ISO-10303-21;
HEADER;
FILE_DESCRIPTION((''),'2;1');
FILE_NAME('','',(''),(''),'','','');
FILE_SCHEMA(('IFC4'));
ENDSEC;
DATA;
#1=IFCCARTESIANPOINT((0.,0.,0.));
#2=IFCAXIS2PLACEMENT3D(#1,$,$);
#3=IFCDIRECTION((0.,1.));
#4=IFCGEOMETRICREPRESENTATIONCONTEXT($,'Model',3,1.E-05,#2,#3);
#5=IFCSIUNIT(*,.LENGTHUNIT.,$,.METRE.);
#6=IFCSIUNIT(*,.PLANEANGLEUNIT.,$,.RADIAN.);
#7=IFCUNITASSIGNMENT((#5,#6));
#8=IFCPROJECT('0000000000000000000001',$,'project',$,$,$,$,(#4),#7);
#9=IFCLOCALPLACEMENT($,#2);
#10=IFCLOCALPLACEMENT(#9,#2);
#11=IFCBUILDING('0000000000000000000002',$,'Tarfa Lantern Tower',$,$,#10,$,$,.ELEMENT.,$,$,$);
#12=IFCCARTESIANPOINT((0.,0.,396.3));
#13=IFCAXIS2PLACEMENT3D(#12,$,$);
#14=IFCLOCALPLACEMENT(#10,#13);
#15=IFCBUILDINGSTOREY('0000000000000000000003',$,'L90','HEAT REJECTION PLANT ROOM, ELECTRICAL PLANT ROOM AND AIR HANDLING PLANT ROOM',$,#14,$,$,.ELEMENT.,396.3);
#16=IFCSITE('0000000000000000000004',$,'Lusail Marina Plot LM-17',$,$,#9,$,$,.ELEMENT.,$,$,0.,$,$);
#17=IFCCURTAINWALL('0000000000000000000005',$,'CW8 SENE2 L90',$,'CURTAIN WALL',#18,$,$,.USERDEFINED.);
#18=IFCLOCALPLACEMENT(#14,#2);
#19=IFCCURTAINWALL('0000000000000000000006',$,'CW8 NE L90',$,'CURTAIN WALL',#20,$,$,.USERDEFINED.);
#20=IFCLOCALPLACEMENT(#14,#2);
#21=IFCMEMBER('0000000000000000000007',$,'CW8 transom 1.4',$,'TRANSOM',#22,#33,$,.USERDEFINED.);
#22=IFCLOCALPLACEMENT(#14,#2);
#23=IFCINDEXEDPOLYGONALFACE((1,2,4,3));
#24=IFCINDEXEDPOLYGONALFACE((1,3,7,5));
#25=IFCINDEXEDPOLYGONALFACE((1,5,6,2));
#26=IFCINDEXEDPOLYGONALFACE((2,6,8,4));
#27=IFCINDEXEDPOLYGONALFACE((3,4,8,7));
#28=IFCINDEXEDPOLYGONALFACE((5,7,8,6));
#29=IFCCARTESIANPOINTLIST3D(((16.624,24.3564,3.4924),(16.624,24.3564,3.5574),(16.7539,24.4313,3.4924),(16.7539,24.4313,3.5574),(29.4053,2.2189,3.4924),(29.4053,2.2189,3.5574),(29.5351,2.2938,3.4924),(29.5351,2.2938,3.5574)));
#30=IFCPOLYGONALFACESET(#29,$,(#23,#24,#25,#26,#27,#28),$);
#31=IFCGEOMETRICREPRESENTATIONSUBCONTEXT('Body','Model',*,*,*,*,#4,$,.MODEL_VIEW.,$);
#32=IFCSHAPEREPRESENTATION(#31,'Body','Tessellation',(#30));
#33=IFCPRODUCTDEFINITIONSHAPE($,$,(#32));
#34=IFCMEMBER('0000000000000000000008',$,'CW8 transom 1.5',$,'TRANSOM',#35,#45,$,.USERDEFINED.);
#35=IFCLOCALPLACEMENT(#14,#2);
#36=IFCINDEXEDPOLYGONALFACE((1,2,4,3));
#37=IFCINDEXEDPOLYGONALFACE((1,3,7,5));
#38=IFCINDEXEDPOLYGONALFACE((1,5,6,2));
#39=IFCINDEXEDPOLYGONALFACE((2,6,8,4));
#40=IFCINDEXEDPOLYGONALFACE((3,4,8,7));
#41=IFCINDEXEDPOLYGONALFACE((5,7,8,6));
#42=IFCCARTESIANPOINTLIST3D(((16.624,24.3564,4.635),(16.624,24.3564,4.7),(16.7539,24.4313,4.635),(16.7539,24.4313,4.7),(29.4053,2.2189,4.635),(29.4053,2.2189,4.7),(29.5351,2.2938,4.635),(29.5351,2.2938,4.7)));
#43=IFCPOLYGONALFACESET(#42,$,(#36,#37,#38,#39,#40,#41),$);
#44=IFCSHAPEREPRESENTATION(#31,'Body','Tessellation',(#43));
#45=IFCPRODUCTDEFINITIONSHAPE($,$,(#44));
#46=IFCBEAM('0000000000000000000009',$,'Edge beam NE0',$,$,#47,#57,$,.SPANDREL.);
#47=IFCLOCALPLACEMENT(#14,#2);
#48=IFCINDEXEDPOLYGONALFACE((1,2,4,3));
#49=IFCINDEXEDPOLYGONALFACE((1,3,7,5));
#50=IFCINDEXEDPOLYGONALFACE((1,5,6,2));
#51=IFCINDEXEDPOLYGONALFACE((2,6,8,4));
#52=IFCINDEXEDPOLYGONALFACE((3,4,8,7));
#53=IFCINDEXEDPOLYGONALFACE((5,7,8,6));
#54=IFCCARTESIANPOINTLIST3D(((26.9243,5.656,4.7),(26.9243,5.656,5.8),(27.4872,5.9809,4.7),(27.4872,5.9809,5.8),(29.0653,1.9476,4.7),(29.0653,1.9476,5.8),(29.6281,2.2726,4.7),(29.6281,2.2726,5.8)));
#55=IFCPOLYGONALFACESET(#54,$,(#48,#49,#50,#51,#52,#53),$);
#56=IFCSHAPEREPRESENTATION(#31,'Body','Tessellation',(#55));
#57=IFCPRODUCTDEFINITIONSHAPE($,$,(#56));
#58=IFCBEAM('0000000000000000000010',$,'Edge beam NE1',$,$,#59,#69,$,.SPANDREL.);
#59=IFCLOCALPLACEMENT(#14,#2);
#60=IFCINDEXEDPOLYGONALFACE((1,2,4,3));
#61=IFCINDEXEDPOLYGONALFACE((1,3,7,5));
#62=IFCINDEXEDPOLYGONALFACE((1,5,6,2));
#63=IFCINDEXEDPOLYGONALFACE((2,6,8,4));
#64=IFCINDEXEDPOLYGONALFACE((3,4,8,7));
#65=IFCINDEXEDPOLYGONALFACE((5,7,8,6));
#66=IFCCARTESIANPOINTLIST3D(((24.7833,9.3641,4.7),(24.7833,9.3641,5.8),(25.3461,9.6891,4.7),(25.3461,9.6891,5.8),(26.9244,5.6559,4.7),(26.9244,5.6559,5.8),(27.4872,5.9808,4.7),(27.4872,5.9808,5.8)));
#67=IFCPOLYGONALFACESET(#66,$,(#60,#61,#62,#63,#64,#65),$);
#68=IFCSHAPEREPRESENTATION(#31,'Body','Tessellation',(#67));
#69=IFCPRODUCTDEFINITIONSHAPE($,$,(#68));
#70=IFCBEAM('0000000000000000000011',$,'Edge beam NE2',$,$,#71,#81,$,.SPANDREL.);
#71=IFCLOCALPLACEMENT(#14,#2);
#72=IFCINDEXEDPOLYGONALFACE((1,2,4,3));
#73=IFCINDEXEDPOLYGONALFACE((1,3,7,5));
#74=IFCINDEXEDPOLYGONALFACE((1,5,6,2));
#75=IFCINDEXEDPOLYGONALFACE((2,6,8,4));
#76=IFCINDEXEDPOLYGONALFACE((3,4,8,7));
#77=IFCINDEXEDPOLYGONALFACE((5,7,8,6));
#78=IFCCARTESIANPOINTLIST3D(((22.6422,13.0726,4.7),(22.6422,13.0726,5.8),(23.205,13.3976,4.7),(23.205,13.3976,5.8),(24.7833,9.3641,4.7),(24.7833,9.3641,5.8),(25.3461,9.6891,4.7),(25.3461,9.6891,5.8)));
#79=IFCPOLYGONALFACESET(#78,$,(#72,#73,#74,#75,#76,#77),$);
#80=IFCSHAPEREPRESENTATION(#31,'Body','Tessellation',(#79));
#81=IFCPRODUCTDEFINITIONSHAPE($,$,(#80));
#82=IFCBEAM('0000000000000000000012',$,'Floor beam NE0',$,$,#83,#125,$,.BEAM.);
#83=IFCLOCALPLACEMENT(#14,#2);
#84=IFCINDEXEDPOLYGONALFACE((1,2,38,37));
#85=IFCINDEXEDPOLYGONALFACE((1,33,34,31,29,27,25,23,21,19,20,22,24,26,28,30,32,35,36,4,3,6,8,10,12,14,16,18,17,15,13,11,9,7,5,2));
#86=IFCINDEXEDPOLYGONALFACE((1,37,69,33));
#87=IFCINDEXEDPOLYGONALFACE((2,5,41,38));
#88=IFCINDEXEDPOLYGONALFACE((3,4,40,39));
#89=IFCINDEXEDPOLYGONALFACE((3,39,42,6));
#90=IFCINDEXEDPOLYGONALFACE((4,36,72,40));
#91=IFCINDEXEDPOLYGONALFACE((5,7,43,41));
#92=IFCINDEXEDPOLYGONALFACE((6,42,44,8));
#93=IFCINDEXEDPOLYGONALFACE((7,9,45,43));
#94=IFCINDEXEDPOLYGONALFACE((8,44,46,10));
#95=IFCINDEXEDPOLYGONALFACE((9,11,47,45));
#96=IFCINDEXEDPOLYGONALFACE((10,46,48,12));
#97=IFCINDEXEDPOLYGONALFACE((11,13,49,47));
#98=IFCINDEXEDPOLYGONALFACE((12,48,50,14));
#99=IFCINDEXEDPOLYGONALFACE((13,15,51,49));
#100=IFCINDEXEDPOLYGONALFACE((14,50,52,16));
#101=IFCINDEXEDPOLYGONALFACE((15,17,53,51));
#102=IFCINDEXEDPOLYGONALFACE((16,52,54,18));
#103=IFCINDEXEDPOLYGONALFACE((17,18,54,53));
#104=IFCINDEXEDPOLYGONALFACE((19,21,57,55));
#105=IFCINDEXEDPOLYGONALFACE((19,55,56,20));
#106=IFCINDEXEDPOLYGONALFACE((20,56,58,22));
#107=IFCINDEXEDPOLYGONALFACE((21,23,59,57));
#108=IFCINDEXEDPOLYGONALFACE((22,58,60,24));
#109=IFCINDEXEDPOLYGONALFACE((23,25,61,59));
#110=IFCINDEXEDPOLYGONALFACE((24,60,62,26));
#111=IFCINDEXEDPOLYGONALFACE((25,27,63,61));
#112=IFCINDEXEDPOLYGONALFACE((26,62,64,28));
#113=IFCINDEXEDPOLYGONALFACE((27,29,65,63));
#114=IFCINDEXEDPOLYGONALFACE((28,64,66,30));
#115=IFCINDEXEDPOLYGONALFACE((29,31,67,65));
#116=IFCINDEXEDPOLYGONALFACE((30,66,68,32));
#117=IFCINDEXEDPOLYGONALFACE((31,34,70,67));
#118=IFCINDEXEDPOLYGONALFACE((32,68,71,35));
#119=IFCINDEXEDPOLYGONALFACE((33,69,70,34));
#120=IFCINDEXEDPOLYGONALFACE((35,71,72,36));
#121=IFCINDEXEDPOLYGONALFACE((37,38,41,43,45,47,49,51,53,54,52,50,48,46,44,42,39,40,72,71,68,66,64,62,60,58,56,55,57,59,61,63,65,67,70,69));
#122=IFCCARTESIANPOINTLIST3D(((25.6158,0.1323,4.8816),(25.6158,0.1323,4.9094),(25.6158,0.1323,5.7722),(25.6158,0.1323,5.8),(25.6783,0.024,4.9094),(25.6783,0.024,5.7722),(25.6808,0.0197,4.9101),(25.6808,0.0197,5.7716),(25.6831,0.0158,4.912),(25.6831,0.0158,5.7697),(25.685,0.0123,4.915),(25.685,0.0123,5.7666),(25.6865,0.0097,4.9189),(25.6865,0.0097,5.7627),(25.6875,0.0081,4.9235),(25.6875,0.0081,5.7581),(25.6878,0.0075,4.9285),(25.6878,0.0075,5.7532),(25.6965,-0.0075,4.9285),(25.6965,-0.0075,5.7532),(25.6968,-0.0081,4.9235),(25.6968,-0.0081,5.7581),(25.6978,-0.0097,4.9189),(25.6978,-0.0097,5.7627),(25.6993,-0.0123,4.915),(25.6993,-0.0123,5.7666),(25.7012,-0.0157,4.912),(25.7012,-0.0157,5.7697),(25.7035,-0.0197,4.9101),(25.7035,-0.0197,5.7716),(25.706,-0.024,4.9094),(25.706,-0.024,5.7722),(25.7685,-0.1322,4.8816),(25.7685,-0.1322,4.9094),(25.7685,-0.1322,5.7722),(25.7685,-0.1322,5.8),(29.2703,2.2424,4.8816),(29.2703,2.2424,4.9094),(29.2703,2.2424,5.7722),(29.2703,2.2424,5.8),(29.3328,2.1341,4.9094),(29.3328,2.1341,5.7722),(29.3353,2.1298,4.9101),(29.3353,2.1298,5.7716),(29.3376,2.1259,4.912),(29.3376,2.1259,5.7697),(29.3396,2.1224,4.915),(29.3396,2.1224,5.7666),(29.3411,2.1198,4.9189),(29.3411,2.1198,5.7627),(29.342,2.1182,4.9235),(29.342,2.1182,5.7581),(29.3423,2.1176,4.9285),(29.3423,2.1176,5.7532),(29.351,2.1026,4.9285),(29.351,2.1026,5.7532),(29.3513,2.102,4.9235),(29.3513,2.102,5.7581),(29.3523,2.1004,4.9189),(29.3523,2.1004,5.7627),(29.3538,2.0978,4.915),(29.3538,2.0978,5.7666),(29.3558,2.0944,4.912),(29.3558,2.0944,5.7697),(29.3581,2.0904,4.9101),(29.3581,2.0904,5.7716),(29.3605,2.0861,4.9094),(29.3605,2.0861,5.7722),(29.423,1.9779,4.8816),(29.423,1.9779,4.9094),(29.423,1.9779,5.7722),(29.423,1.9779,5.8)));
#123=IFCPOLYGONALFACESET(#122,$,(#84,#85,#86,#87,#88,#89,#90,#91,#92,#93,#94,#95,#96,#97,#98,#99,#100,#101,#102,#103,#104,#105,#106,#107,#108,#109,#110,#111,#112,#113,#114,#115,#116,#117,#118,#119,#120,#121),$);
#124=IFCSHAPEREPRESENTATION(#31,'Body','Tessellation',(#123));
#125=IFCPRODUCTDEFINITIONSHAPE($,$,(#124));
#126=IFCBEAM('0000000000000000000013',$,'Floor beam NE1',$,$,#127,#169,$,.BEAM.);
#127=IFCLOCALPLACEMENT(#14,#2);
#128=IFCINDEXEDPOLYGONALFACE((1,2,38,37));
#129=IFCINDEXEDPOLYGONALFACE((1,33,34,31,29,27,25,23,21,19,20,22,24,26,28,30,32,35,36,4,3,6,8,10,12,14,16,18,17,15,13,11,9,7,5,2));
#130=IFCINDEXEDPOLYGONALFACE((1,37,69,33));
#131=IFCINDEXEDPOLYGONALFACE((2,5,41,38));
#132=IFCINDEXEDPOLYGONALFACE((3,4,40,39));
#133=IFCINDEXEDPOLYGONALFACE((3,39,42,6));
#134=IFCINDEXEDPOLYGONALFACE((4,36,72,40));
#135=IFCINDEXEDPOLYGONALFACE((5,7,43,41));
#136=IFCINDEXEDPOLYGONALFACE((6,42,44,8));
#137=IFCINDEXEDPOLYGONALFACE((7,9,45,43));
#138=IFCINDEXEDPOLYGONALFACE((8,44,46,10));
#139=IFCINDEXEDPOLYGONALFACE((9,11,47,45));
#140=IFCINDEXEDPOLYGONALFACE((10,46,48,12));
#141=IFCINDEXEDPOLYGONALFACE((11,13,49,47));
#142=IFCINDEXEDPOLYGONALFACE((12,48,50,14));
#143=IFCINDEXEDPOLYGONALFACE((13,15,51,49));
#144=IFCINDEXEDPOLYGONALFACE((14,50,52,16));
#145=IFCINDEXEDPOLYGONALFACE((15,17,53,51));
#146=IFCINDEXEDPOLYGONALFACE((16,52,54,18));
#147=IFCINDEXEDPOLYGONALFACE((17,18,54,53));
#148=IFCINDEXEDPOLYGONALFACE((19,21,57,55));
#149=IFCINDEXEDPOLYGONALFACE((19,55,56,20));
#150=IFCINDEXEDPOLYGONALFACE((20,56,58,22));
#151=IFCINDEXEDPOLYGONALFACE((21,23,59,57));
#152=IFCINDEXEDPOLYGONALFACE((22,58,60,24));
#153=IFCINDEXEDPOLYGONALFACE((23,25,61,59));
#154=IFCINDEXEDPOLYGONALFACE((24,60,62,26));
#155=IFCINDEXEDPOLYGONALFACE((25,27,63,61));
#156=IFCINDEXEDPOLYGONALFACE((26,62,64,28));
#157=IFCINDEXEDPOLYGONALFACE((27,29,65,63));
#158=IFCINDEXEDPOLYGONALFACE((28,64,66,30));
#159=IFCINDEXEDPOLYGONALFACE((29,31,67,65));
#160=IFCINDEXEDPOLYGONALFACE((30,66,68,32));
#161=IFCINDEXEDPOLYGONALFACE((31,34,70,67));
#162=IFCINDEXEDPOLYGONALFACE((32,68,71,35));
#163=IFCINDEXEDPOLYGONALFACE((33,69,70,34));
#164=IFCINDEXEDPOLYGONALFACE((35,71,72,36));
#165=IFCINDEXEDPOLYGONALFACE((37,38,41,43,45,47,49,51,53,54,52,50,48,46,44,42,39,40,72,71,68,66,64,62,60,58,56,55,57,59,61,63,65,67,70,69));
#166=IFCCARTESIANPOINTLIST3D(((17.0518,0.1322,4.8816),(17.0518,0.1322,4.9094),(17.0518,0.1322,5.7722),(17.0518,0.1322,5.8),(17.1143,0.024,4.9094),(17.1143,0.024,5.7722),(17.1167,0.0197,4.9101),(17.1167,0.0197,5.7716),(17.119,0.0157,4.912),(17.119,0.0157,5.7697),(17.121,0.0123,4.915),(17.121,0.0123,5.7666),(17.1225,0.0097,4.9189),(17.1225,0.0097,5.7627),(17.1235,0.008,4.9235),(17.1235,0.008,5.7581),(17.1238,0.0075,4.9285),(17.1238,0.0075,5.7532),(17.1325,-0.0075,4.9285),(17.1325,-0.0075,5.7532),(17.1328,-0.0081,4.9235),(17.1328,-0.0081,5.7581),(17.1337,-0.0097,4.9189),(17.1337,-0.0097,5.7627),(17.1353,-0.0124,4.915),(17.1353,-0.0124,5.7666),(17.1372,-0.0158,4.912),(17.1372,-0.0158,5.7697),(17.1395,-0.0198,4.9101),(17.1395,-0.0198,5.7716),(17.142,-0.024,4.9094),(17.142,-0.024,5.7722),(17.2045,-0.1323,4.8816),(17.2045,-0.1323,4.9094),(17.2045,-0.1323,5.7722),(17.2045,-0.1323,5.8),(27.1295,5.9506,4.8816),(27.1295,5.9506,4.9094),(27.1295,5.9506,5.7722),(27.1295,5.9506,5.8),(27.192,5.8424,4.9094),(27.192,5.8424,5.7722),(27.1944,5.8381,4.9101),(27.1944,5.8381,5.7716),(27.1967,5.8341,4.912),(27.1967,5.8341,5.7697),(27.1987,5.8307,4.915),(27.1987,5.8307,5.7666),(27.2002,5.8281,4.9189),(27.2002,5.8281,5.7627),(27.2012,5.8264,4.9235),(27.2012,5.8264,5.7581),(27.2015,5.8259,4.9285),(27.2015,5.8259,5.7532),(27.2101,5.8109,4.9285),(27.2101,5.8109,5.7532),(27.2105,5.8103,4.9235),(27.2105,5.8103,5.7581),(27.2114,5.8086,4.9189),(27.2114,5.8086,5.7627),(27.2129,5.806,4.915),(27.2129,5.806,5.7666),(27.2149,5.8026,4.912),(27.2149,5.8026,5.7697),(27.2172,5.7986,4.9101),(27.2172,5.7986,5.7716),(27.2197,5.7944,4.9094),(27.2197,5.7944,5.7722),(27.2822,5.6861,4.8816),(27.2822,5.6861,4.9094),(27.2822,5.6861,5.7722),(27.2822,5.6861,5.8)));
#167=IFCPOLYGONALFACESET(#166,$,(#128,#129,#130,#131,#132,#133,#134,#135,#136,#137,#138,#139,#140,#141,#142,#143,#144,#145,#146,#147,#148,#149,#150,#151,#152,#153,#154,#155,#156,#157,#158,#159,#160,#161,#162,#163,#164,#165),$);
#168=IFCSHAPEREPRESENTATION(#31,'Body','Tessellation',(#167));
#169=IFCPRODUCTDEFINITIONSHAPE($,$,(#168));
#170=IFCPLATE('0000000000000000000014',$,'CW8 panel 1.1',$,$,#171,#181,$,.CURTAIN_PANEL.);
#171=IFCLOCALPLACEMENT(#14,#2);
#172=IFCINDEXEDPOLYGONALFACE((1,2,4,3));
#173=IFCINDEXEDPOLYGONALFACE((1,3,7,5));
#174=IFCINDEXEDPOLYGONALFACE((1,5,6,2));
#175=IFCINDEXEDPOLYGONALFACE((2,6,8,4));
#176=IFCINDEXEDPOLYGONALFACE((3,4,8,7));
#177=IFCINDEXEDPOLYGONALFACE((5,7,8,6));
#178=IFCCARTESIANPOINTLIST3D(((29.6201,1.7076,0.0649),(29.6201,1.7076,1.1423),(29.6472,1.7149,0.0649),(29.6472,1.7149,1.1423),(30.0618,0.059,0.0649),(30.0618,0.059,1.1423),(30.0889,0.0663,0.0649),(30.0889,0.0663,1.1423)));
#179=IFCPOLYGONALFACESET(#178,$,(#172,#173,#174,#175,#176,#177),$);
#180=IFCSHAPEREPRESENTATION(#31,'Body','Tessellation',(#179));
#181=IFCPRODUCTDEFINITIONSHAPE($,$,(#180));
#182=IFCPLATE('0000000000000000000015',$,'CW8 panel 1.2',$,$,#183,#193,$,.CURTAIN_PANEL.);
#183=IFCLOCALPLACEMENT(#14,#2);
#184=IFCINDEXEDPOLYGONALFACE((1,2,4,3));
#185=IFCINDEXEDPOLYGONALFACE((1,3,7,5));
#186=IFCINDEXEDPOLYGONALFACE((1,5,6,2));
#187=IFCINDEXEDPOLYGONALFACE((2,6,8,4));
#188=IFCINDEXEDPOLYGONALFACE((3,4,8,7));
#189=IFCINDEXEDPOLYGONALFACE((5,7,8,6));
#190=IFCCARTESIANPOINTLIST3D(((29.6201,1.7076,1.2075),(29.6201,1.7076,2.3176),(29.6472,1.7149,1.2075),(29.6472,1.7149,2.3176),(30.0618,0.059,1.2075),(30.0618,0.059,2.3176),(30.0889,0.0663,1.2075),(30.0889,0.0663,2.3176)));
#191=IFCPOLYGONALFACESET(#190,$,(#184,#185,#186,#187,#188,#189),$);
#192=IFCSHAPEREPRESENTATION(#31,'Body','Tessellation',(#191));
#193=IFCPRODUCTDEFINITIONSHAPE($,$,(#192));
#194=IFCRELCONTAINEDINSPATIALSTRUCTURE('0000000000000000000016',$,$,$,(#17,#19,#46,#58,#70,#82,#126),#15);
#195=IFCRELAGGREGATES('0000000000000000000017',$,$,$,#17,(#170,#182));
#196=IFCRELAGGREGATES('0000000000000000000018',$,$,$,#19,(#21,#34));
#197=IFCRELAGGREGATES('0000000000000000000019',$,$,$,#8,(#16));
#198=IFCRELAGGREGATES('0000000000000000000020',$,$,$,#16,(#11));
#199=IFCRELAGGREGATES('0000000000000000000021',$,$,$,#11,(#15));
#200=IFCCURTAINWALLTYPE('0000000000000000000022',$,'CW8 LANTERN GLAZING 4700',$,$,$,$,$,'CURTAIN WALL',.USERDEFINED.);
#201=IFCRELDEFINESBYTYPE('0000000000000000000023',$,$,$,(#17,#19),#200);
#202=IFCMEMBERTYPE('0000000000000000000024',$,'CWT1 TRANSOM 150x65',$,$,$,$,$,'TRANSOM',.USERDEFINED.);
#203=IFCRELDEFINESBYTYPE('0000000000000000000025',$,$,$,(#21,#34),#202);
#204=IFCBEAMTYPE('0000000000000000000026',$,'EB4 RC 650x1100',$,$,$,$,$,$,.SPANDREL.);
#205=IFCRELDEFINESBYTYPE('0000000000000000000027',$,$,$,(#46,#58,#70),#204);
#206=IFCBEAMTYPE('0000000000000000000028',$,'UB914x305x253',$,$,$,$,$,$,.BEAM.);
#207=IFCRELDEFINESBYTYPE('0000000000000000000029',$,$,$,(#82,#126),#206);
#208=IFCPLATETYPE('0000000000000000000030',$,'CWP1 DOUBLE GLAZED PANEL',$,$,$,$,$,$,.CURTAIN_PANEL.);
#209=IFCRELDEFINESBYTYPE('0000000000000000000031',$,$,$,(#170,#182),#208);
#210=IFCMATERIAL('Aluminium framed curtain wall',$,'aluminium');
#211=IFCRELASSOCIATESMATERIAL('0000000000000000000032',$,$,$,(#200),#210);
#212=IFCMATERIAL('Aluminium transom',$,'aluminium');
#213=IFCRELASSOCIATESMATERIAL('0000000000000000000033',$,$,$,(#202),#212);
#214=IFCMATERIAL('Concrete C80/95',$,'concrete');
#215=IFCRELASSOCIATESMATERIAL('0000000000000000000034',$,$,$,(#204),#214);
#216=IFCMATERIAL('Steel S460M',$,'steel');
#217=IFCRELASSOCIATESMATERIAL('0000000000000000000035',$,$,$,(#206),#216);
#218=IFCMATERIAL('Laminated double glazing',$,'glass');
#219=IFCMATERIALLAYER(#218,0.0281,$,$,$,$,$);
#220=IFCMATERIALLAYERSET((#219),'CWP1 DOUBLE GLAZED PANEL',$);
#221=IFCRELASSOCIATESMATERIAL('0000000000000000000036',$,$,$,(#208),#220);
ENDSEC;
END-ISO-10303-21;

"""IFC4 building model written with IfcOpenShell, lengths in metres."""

from ifc_helpers import new_model, si_unit, direction, frame, origin, origin_2d, place, context, subcontext, project, spatial, rectangle, i_section, extrude, material, layer, layer_set, material_profile, profile_set, type_object, element, aggregate, save


model = new_model("IFC4")

# Units and contexts
model_context = context("Model", 3, precision=1e-05, world=origin(), true_north=direction((0.0, 1.0)))
body_context = subcontext(model_context, "Body", "Model", "MODEL_VIEW")
ifc_project = project(units=[si_unit("LENGTHUNIT", "METRE"), si_unit("PLANEANGLEUNIT", "RADIAN")], contexts=[model_context])

# Site, building, storey
site_placement = place(None, origin())
site = spatial("IfcSite", under=ifc_project, at=site_placement, Name="Lusail Marina Plot LM-17", CompositionType="ELEMENT", RefElevation=0.0)
building_placement = place(site_placement, origin())
building = spatial("IfcBuilding", under=site, at=building_placement, Name="Tarfa Lantern Tower", CompositionType="ELEMENT")
storey_placement = place(building_placement, frame((0.0, 0.0, 396.3)))
storey = spatial("IfcBuildingStorey", under=building, at=storey_placement, Name="L90", Description="HEAT REJECTION PLANT ROOM, ELECTRICAL PLANT ROOM AND AIR HANDLING PLANT ROOM", CompositionType="ELEMENT", Elevation=396.3)

# Shared definitions
ifc_material_1 = material(Name="Concrete C80/95", Category="concrete")

# Curtain walls
ifc_material_2 = material(Name="Aluminium framed curtain wall", Category="aluminium")
curtain_wall_type = type_object("IfcCurtainWallType", Name="CW8 LANTERN GLAZING 4700", ElementType="CURTAIN WALL", PredefinedType="USERDEFINED", material=ifc_material_2)
curtain_wall_1_placement = place(storey_placement, origin())
curtain_wall_1 = element("IfcCurtainWall", 1, at=curtain_wall_1_placement, inside=storey, type_object=curtain_wall_type, Name="CW8 SENE2 L90", ObjectType="CURTAIN WALL", PredefinedType="USERDEFINED")
curtain_wall_2_placement = place(storey_placement, origin())
curtain_wall_2 = element("IfcCurtainWall", 2, at=curtain_wall_2_placement, inside=storey, type_object=curtain_wall_type, Name="CW8 NE L90", ObjectType="CURTAIN WALL", PredefinedType="USERDEFINED")

# Members
ifc_material_3 = material(Name="Aluminium transom", Category="aluminium")
ifc_material_profile_1 = material_profile(ifc_material_3, rectangle(XDim=0.1499, YDim=0.0649, at=origin_2d()), Name="AL TRANSOM 150x65")
ifc_profile_set_1 = profile_set([ifc_material_profile_1], Name="Aluminium transom")
member_type_1 = type_object("IfcMemberType", Name="CWT1 TRANSOM 150x65", ElementType="TRANSOM", PredefinedType="USERDEFINED", material=ifc_profile_set_1)
member_1_placement = place(storey_placement, frame((29.4702, 2.2563, 3.5249), z_axis=(-0.500005, 0.866022, 0.0), x_axis=(-0.866022, -0.500005, 0.0)))
member_1 = element("IfcMember", 3, at=member_1_placement, type_object=member_type_1, Name="CW8 transom 1.4", ObjectType="TRANSOM", PredefinedType="USERDEFINED", context=body_context, shape_type="SweptSolid", body=[
    extrude(rectangle(XDim=0.1499, YDim=0.0649, at=origin_2d()), origin(), (0.0, 0.0, 1.0), 25.5623),
])
member_2_placement = place(storey_placement, frame((29.4702, 2.2563, 4.6675), z_axis=(-0.500005, 0.866022, 0.0), x_axis=(-0.866022, -0.500005, 0.0)))
member_2 = element("IfcMember", 4, at=member_2_placement, type_object=member_type_1, Name="CW8 transom 1.5", ObjectType="TRANSOM", PredefinedType="USERDEFINED", context=body_context, shape_type="SweptSolid", body=[
    extrude(rectangle(XDim=0.1499, YDim=0.0649, at=origin_2d()), origin(), (0.0, 0.0, 1.0), 25.5623),
])

# Beams
ifc_material_profile_2 = material_profile(ifc_material_1, rectangle(XDim=0.6499, YDim=1.1001, at=origin_2d()), Name="RC 650x1100")
ifc_profile_set_2 = profile_set([ifc_material_profile_2], Name="Concrete C80/95")
beam_type_1 = type_object("IfcBeamType", Name="EB4 RC 650x1100", PredefinedType="SPANDREL", material=ifc_profile_set_2)
for number, where, z_axis, x_axis, name in (
    (5, (29.3467, 2.1101, 5.25), (-0.499984, 0.866035, 0.0), (-0.866035, -0.499984, 0.0), "Edge beam NE0"),
    (6, (27.2058, 5.8184, 5.25), (-0.500027, 0.86601, 0.0), (-0.86601, -0.500027, 0.0), "Edge beam NE1"),
):
    element("IfcBeam", number, at=place(storey_placement, frame(where, z_axis=z_axis, x_axis=x_axis)), inside=storey, type_object=beam_type_1, Name=name, PredefinedType="SPANDREL", context=body_context, shape_type="SweptSolid", body=[
        extrude(rectangle(XDim=0.6499, YDim=1.1001, at=origin_2d()), origin(), (0.0, 0.0, 1.0), 4.282),
    ])
beam_1_placement = place(storey_placement, frame((25.0647, 9.5266, 5.25), z_axis=(-0.500002, 0.866024, 0.0), x_axis=(-0.866024, -0.500002, 0.0)))
element("IfcBeam", 7, at=beam_1_placement, inside=storey, type_object=beam_type_1, Name="Edge beam NE2", PredefinedType="SPANDREL", context=body_context, shape_type="SweptSolid", body=[
    extrude(rectangle(XDim=0.6499, YDim=1.1001, at=origin_2d()), origin(), (0.0, 0.0, 1.0), 4.2822),
])
ifc_material_4 = material(Name="Steel S460M", Category="steel")
ifc_material_profile_3 = material_profile(ifc_material_4, i_section(OverallWidth=0.3054, OverallDepth=0.9185, WebThickness=0.0173, FlangeThickness=0.0278, FilletRadius=0.019, at=origin_2d()), Name="UB914x305x253")
ifc_profile_set_3 = profile_set([ifc_material_profile_3], Name="Steel S460M")
beam_type_2 = type_object("IfcBeamType", Name="UB914x305x253", PredefinedType="BEAM", material=ifc_profile_set_3)
beam_2_placement = place(storey_placement, frame((29.3467, 2.1101, 5.3408), z_axis=(-0.866009, -0.500028, 0.0), x_axis=(0.500028, -0.866009, 0.0)))
element("IfcBeam", 8, at=beam_2_placement, inside=storey, type_object=beam_type_2, Name="Floor beam NE0", PredefinedType="BEAM", context=body_context, shape_type="SweptSolid", body=[
    extrude(i_section(OverallWidth=0.3054, OverallDepth=0.9185, WebThickness=0.0173, FlangeThickness=0.0278, FilletRadius=0.019, at=origin_2d()), origin(), (0.0, 0.0, 1.0), 4.22),
])
beam_3_placement = place(storey_placement, frame((27.2058, 5.8184, 5.3408), z_axis=(-0.866024, -0.500002, 0.0), x_axis=(0.500002, -0.866024, 0.0)))
element("IfcBeam", 9, at=beam_3_placement, inside=storey, type_object=beam_type_2, Name="Floor beam NE1", PredefinedType="BEAM", context=body_context, shape_type="SweptSolid", body=[
    extrude(i_section(OverallWidth=0.3054, OverallDepth=0.9185, WebThickness=0.0173, FlangeThickness=0.0278, FilletRadius=0.019, at=origin_2d()), origin(), (0.0, 0.0, 1.0), 11.6367),
])

# Plates
ifc_material_5 = material(Name="Laminated double glazing", Category="glass")
ifc_layer_1 = layer(ifc_material_5, 0.0281)
ifc_layer_set_1 = layer_set([ifc_layer_1], Name="CWP1 DOUBLE GLAZED PANEL")
plate_type = type_object("IfcPlateType", Name="CWP1 DOUBLE GLAZED PANEL", PredefinedType="CURTAIN_PANEL", material=ifc_layer_set_1)
plate_1_placement = place(storey_placement, frame((29.8545, 0.887, 0.0649), z_axis=(0.0, 0.0, 1.0), x_axis=(-0.258819, 0.965926, 0.0)))
plate_1 = element("IfcPlate", 10, at=plate_1_placement, type_object=plate_type, Name="CW8 panel 1.1", PredefinedType="CURTAIN_PANEL", context=body_context, shape_type="SweptSolid", body=[
    extrude(rectangle(XDim=1.7068, YDim=0.0281, at=origin_2d()), origin(), (0.0, 0.0, 1.0), 1.0774),
])
plate_2_placement = place(storey_placement, frame((29.8545, 0.887, 1.2075), z_axis=(0.0, 0.0, 1.0), x_axis=(-0.258819, 0.965926, 0.0)))
plate_2 = element("IfcPlate", 11, at=plate_2_placement, type_object=plate_type, Name="CW8 panel 1.2", PredefinedType="CURTAIN_PANEL", context=body_context, shape_type="SweptSolid", body=[
    extrude(rectangle(XDim=1.7068, YDim=0.0281, at=origin_2d()), origin(), (0.0, 0.0, 1.0), 1.1101),
])
aggregate(curtain_wall_1, [plate_1, plate_2])
aggregate(curtain_wall_2, [member_1, member_2])

save(model, "model.ifc")
